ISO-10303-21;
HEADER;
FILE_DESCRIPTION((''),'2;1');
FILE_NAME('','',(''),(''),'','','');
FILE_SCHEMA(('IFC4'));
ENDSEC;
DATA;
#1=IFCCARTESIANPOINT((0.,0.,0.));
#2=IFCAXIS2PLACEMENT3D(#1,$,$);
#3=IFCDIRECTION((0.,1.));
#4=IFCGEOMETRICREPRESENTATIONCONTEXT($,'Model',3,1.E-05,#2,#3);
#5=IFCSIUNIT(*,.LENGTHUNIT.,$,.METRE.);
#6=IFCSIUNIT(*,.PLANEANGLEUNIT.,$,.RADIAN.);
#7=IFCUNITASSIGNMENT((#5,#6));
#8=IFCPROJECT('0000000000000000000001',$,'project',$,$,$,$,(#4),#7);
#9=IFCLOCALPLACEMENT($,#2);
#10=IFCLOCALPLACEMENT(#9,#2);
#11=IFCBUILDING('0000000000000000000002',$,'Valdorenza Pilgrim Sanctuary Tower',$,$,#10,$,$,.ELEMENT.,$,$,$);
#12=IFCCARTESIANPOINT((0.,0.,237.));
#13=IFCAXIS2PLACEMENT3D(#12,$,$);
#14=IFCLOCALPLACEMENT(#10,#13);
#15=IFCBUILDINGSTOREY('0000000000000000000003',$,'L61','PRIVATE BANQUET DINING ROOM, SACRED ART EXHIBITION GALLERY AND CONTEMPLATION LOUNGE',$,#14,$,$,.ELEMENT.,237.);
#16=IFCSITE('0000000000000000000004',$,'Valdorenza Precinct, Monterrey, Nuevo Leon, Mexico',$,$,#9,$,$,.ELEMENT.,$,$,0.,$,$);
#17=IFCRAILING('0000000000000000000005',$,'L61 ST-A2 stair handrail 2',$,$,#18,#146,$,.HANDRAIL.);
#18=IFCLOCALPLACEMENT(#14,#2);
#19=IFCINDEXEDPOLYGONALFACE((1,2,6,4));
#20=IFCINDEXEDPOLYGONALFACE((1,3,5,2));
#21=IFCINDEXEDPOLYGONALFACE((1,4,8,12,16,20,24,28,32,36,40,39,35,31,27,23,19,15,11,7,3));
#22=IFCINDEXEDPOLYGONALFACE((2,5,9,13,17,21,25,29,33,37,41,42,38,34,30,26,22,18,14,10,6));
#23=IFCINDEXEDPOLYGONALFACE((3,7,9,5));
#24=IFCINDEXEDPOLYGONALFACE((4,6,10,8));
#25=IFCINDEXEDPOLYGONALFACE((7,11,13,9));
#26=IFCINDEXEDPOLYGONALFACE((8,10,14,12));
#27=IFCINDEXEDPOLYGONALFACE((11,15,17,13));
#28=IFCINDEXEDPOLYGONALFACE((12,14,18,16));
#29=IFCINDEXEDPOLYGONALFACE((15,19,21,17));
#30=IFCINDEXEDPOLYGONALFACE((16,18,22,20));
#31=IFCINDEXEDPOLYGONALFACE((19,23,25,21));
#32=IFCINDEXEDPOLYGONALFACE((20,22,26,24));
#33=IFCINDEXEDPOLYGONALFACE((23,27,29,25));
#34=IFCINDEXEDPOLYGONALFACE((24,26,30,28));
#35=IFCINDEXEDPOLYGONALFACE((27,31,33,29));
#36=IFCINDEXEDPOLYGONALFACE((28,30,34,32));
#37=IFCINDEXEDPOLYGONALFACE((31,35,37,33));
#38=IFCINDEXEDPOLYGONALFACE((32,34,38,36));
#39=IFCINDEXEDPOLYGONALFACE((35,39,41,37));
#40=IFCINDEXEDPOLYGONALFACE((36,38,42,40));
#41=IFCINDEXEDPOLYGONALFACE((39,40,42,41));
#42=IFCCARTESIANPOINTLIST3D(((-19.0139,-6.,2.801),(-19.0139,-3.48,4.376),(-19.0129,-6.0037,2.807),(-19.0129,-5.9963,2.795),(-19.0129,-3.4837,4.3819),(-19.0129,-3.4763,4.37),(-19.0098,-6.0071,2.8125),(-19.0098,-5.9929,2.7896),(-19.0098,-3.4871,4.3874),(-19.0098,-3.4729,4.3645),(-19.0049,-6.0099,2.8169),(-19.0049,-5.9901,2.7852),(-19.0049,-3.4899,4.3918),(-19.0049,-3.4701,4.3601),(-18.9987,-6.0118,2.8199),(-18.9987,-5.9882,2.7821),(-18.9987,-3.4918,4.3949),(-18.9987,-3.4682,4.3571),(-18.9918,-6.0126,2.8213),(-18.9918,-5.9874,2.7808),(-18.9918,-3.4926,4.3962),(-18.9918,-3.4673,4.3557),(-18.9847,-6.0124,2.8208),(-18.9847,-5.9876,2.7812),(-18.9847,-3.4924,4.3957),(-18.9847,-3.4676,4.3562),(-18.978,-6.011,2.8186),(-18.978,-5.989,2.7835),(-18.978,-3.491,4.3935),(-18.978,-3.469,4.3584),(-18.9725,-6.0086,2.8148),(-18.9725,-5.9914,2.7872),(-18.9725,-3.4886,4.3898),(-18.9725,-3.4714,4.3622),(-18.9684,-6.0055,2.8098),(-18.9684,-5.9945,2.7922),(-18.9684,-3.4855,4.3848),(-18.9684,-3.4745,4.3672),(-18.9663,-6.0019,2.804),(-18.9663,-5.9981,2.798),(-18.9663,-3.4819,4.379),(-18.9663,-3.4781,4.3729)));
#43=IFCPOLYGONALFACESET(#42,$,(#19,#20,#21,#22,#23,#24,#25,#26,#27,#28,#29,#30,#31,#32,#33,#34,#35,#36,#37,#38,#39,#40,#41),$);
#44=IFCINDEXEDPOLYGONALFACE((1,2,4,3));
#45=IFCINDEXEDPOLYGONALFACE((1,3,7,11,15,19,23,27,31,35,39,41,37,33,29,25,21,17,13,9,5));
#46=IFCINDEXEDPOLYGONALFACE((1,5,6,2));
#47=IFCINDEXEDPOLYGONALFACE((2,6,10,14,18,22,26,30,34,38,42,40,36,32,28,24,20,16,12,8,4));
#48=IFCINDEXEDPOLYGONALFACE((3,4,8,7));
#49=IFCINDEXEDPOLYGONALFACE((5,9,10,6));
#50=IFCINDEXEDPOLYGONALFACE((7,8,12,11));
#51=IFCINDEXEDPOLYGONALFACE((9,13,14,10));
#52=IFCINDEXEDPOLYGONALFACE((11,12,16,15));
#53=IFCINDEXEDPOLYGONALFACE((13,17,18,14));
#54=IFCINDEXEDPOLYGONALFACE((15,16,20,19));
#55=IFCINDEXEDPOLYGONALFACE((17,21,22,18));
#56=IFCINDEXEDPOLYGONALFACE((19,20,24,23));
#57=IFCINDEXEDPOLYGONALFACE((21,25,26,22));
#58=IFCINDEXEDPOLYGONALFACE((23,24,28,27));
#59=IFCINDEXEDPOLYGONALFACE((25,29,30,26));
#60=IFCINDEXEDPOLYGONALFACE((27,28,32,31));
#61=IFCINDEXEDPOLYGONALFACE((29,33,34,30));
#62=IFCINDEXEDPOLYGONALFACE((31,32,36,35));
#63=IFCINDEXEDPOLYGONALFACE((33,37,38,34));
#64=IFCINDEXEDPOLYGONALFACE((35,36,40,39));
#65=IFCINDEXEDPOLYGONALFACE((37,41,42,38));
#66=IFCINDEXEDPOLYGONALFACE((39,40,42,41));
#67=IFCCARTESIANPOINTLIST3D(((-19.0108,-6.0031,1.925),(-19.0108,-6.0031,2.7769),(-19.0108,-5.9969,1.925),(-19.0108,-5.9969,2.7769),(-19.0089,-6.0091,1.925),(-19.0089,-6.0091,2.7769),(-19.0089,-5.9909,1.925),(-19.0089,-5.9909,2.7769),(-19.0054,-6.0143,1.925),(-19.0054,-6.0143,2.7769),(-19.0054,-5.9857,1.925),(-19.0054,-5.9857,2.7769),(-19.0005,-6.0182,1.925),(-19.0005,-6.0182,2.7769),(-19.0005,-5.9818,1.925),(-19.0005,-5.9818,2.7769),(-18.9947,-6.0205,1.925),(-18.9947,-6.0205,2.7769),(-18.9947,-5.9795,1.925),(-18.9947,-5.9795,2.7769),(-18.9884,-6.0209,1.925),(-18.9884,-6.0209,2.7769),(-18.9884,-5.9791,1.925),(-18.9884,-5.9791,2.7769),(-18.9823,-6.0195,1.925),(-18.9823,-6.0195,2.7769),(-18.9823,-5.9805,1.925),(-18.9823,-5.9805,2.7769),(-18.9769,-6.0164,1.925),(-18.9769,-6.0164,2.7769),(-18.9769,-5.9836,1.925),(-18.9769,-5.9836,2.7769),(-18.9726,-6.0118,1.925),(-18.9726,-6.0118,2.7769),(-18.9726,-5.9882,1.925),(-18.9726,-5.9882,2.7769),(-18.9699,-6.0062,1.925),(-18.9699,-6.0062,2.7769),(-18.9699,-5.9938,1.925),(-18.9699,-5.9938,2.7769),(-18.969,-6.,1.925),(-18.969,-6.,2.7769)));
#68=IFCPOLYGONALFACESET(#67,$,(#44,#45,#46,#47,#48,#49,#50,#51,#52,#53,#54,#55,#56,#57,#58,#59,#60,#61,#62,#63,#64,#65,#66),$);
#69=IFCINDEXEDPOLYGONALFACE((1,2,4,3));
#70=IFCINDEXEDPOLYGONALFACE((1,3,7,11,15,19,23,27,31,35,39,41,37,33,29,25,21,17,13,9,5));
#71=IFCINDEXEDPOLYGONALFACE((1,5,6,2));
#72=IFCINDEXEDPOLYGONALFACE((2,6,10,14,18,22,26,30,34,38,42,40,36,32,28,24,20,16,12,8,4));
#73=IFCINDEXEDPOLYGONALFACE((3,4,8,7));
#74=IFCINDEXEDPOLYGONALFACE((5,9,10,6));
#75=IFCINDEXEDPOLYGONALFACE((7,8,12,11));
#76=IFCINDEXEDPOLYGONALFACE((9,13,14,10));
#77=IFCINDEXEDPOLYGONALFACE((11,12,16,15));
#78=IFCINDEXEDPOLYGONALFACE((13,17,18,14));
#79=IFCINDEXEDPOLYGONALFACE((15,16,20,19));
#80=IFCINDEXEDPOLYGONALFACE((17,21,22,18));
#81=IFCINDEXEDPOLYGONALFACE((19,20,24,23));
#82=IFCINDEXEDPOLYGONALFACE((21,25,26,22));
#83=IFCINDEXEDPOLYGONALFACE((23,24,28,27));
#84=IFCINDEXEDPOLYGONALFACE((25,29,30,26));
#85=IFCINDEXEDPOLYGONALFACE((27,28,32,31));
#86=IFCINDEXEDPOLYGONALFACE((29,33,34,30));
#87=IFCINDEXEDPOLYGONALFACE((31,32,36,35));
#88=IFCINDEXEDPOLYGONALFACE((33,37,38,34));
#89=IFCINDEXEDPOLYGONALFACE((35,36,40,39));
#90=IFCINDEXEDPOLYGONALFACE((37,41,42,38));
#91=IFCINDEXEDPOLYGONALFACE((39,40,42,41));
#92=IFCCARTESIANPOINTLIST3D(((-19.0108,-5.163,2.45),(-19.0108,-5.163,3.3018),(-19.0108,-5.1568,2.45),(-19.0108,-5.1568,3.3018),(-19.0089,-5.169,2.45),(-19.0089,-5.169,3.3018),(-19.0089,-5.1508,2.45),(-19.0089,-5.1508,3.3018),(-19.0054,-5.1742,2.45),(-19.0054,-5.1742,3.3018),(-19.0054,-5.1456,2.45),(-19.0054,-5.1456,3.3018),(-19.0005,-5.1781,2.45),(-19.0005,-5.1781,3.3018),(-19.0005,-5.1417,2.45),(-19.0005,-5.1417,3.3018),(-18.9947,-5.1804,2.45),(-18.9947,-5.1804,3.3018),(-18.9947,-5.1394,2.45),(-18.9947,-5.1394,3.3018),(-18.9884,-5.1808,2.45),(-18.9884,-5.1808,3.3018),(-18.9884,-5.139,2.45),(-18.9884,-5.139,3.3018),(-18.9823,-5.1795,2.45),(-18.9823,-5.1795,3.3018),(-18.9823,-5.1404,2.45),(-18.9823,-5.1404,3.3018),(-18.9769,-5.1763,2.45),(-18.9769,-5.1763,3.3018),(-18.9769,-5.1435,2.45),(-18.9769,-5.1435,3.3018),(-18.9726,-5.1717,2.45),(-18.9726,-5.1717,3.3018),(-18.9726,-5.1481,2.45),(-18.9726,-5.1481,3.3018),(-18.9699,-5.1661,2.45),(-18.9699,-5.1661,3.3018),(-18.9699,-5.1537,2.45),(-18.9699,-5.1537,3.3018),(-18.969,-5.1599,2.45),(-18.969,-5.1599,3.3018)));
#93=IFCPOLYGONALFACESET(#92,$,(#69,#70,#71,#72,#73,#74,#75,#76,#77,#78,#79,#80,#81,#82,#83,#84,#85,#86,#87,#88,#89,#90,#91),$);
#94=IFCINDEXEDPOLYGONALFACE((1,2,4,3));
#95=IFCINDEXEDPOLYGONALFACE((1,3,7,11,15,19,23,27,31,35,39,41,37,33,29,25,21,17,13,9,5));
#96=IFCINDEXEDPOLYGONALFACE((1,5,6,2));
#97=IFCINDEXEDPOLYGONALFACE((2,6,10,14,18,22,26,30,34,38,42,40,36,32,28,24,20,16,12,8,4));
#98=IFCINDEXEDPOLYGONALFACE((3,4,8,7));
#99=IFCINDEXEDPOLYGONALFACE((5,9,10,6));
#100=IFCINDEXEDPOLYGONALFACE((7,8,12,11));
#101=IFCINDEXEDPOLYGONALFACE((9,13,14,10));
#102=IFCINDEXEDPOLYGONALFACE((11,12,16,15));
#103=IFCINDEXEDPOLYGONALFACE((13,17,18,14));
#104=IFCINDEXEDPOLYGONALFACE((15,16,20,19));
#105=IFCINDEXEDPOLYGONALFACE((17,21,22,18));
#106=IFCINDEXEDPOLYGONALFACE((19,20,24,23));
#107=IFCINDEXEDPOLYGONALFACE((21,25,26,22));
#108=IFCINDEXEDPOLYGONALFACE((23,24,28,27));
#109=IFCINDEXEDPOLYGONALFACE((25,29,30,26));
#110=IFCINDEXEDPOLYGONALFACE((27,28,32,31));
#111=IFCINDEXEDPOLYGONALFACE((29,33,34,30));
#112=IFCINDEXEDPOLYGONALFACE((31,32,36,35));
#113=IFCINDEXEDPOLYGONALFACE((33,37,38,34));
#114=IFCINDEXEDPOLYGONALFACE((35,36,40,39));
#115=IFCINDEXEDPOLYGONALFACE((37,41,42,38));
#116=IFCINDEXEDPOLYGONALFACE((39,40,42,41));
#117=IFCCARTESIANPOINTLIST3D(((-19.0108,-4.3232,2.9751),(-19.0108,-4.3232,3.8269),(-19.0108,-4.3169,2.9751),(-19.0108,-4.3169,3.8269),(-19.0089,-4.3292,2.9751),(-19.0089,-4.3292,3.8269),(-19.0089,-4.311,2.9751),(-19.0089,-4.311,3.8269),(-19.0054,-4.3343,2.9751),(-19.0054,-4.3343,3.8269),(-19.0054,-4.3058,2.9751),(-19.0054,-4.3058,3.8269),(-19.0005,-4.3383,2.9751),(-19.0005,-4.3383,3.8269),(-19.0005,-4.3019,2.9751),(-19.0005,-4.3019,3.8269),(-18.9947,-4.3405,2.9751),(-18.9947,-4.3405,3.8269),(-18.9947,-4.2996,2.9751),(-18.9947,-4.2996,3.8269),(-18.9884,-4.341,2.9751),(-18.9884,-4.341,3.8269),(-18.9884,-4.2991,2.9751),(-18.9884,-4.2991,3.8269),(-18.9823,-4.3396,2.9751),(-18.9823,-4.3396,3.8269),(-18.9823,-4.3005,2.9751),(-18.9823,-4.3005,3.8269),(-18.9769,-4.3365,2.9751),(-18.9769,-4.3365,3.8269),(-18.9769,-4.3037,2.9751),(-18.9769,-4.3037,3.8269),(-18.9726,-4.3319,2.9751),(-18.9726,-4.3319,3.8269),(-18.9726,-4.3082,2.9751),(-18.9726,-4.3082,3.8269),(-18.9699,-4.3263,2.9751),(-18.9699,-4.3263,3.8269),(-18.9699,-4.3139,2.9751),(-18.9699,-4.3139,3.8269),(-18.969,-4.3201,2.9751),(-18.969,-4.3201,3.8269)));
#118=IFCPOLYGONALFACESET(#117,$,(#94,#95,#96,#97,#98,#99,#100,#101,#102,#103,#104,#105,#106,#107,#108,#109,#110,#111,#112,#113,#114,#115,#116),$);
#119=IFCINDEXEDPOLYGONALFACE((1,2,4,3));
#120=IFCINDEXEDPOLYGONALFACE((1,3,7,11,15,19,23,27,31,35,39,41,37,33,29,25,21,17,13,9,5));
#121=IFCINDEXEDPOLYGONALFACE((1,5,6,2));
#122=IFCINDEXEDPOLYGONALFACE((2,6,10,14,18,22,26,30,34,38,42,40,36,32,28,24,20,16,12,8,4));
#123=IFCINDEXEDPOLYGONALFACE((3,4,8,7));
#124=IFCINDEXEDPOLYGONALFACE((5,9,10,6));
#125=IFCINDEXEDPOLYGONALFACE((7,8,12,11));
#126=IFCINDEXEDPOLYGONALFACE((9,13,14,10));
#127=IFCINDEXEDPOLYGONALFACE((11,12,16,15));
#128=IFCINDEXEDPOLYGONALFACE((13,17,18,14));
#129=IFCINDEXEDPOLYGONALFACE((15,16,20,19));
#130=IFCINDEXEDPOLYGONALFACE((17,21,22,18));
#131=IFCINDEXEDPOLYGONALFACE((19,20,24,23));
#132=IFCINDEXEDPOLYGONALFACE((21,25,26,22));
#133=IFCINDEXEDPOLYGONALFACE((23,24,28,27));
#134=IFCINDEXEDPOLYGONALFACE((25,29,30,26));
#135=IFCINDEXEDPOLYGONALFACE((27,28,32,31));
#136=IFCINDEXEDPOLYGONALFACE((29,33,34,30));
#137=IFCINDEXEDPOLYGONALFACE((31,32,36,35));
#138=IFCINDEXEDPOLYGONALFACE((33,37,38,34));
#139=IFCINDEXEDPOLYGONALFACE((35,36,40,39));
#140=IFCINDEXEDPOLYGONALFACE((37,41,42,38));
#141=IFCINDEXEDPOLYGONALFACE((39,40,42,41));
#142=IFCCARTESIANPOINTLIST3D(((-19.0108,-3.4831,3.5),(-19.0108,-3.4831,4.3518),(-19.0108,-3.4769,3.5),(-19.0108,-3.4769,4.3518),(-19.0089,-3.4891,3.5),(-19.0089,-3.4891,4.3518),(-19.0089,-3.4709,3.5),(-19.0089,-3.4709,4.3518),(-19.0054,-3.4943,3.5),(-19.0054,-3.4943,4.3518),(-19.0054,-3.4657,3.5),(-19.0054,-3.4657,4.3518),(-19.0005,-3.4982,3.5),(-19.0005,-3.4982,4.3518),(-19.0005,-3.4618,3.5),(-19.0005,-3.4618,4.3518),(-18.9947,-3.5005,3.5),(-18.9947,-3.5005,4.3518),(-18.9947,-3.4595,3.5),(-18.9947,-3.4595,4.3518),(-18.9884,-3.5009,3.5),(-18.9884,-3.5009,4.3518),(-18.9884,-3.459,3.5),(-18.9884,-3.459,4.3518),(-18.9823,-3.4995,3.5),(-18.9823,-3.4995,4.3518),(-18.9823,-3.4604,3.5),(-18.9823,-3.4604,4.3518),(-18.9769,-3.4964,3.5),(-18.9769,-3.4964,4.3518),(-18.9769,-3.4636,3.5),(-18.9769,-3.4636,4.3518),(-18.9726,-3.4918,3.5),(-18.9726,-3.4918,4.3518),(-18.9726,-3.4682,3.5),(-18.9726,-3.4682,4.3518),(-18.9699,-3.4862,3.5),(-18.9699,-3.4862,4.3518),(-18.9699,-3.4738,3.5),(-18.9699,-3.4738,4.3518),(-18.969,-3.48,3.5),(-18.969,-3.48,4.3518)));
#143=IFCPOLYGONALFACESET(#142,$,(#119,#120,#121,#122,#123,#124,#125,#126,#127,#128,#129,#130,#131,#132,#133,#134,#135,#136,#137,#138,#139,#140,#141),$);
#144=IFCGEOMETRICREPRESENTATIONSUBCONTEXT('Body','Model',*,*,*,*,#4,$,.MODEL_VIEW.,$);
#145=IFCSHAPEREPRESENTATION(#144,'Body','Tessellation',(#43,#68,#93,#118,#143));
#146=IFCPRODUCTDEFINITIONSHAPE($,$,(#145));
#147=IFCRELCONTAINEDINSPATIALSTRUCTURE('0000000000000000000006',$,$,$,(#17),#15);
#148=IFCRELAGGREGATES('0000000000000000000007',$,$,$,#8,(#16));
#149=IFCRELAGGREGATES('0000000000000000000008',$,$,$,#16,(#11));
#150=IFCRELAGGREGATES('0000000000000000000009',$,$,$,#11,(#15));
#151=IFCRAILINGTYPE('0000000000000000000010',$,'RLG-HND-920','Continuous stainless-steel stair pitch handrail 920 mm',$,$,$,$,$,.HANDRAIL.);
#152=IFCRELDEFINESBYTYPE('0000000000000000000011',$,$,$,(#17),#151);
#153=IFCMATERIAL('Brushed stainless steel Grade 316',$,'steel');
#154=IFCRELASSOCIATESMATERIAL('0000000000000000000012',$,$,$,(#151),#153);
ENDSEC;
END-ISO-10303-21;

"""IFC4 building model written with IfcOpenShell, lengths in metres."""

from ifc_helpers import new_model, si_unit, direction, frame, origin, origin_2d, place, context, subcontext, project, spatial, circle, extrude, material, type_object, element, save


model = new_model("IFC4")

# Units and contexts
model_context = context("Model", 3, precision=1e-05, world=origin(), true_north=direction((0.0, 1.0)))
body_context = subcontext(model_context, "Body", "Model", "MODEL_VIEW")
ifc_project = project(units=[si_unit("LENGTHUNIT", "METRE"), si_unit("PLANEANGLEUNIT", "RADIAN")], contexts=[model_context])

# Site, building, storey
site_placement = place(None, origin())
site = spatial("IfcSite", under=ifc_project, at=site_placement, Name="Valdorenza Precinct, Monterrey, Nuevo Leon, Mexico", CompositionType="ELEMENT", RefElevation=0.0)
building_placement = place(site_placement, origin())
building = spatial("IfcBuilding", under=site, at=building_placement, Name="Valdorenza Pilgrim Sanctuary Tower", CompositionType="ELEMENT")
storey_placement = place(building_placement, frame((0.0, 0.0, 237.0)))
storey = spatial("IfcBuildingStorey", under=building, at=storey_placement, Name="L61", Description="PRIVATE BANQUET DINING ROOM, SACRED ART EXHIBITION GALLERY AND CONTEMPLATION LOUNGE", CompositionType="ELEMENT", Elevation=237.0)

# Shared definitions
ifc_material_1 = material(Name="Brushed stainless steel Grade 316", Category="steel")

# Railing
railing_type_1 = type_object("IfcRailingType", Name="RLG-HND-920", Description="Continuous stainless-steel stair pitch handrail 920 mm", PredefinedType="HANDRAIL", material=ifc_material_1)
railing_1_placement = place(storey_placement, frame((-18.99, -6.0, 1.925)))
element("IfcRailing", 1, at=railing_1_placement, inside=storey, type_object=railing_type_1, Name="L61 ST-A2 stair handrail 2", PredefinedType="HANDRAIL", context=body_context, shape_type="SweptSolid", body=[
    extrude(circle(Radius=0.0239, at=origin_2d()), frame((0.0, 0.0, 0.876), z_axis=(0.0, 0.848008, 0.529984), x_axis=(-1.0, 0.0, 0.0)), (0.0, 0.0, 1.0), 2.9717),
    extrude(circle(Radius=0.021, at=origin_2d()), origin(), (0.0, 0.0, 1.0), 0.8518),
    extrude(circle(Radius=0.021, at=origin_2d()), frame((0.0, 0.8401, 0.5249)), (0.0, 0.0, 1.0), 0.8518),
    extrude(circle(Radius=0.021, at=origin_2d()), frame((0.0, 1.6799, 1.05)), (0.0, 0.0, 1.0), 0.8518),
    extrude(circle(Radius=0.021, at=origin_2d()), frame((0.0, 2.52, 1.575)), (0.0, 0.0, 1.0), 0.8518),
])

save(model, "model.ifc")
